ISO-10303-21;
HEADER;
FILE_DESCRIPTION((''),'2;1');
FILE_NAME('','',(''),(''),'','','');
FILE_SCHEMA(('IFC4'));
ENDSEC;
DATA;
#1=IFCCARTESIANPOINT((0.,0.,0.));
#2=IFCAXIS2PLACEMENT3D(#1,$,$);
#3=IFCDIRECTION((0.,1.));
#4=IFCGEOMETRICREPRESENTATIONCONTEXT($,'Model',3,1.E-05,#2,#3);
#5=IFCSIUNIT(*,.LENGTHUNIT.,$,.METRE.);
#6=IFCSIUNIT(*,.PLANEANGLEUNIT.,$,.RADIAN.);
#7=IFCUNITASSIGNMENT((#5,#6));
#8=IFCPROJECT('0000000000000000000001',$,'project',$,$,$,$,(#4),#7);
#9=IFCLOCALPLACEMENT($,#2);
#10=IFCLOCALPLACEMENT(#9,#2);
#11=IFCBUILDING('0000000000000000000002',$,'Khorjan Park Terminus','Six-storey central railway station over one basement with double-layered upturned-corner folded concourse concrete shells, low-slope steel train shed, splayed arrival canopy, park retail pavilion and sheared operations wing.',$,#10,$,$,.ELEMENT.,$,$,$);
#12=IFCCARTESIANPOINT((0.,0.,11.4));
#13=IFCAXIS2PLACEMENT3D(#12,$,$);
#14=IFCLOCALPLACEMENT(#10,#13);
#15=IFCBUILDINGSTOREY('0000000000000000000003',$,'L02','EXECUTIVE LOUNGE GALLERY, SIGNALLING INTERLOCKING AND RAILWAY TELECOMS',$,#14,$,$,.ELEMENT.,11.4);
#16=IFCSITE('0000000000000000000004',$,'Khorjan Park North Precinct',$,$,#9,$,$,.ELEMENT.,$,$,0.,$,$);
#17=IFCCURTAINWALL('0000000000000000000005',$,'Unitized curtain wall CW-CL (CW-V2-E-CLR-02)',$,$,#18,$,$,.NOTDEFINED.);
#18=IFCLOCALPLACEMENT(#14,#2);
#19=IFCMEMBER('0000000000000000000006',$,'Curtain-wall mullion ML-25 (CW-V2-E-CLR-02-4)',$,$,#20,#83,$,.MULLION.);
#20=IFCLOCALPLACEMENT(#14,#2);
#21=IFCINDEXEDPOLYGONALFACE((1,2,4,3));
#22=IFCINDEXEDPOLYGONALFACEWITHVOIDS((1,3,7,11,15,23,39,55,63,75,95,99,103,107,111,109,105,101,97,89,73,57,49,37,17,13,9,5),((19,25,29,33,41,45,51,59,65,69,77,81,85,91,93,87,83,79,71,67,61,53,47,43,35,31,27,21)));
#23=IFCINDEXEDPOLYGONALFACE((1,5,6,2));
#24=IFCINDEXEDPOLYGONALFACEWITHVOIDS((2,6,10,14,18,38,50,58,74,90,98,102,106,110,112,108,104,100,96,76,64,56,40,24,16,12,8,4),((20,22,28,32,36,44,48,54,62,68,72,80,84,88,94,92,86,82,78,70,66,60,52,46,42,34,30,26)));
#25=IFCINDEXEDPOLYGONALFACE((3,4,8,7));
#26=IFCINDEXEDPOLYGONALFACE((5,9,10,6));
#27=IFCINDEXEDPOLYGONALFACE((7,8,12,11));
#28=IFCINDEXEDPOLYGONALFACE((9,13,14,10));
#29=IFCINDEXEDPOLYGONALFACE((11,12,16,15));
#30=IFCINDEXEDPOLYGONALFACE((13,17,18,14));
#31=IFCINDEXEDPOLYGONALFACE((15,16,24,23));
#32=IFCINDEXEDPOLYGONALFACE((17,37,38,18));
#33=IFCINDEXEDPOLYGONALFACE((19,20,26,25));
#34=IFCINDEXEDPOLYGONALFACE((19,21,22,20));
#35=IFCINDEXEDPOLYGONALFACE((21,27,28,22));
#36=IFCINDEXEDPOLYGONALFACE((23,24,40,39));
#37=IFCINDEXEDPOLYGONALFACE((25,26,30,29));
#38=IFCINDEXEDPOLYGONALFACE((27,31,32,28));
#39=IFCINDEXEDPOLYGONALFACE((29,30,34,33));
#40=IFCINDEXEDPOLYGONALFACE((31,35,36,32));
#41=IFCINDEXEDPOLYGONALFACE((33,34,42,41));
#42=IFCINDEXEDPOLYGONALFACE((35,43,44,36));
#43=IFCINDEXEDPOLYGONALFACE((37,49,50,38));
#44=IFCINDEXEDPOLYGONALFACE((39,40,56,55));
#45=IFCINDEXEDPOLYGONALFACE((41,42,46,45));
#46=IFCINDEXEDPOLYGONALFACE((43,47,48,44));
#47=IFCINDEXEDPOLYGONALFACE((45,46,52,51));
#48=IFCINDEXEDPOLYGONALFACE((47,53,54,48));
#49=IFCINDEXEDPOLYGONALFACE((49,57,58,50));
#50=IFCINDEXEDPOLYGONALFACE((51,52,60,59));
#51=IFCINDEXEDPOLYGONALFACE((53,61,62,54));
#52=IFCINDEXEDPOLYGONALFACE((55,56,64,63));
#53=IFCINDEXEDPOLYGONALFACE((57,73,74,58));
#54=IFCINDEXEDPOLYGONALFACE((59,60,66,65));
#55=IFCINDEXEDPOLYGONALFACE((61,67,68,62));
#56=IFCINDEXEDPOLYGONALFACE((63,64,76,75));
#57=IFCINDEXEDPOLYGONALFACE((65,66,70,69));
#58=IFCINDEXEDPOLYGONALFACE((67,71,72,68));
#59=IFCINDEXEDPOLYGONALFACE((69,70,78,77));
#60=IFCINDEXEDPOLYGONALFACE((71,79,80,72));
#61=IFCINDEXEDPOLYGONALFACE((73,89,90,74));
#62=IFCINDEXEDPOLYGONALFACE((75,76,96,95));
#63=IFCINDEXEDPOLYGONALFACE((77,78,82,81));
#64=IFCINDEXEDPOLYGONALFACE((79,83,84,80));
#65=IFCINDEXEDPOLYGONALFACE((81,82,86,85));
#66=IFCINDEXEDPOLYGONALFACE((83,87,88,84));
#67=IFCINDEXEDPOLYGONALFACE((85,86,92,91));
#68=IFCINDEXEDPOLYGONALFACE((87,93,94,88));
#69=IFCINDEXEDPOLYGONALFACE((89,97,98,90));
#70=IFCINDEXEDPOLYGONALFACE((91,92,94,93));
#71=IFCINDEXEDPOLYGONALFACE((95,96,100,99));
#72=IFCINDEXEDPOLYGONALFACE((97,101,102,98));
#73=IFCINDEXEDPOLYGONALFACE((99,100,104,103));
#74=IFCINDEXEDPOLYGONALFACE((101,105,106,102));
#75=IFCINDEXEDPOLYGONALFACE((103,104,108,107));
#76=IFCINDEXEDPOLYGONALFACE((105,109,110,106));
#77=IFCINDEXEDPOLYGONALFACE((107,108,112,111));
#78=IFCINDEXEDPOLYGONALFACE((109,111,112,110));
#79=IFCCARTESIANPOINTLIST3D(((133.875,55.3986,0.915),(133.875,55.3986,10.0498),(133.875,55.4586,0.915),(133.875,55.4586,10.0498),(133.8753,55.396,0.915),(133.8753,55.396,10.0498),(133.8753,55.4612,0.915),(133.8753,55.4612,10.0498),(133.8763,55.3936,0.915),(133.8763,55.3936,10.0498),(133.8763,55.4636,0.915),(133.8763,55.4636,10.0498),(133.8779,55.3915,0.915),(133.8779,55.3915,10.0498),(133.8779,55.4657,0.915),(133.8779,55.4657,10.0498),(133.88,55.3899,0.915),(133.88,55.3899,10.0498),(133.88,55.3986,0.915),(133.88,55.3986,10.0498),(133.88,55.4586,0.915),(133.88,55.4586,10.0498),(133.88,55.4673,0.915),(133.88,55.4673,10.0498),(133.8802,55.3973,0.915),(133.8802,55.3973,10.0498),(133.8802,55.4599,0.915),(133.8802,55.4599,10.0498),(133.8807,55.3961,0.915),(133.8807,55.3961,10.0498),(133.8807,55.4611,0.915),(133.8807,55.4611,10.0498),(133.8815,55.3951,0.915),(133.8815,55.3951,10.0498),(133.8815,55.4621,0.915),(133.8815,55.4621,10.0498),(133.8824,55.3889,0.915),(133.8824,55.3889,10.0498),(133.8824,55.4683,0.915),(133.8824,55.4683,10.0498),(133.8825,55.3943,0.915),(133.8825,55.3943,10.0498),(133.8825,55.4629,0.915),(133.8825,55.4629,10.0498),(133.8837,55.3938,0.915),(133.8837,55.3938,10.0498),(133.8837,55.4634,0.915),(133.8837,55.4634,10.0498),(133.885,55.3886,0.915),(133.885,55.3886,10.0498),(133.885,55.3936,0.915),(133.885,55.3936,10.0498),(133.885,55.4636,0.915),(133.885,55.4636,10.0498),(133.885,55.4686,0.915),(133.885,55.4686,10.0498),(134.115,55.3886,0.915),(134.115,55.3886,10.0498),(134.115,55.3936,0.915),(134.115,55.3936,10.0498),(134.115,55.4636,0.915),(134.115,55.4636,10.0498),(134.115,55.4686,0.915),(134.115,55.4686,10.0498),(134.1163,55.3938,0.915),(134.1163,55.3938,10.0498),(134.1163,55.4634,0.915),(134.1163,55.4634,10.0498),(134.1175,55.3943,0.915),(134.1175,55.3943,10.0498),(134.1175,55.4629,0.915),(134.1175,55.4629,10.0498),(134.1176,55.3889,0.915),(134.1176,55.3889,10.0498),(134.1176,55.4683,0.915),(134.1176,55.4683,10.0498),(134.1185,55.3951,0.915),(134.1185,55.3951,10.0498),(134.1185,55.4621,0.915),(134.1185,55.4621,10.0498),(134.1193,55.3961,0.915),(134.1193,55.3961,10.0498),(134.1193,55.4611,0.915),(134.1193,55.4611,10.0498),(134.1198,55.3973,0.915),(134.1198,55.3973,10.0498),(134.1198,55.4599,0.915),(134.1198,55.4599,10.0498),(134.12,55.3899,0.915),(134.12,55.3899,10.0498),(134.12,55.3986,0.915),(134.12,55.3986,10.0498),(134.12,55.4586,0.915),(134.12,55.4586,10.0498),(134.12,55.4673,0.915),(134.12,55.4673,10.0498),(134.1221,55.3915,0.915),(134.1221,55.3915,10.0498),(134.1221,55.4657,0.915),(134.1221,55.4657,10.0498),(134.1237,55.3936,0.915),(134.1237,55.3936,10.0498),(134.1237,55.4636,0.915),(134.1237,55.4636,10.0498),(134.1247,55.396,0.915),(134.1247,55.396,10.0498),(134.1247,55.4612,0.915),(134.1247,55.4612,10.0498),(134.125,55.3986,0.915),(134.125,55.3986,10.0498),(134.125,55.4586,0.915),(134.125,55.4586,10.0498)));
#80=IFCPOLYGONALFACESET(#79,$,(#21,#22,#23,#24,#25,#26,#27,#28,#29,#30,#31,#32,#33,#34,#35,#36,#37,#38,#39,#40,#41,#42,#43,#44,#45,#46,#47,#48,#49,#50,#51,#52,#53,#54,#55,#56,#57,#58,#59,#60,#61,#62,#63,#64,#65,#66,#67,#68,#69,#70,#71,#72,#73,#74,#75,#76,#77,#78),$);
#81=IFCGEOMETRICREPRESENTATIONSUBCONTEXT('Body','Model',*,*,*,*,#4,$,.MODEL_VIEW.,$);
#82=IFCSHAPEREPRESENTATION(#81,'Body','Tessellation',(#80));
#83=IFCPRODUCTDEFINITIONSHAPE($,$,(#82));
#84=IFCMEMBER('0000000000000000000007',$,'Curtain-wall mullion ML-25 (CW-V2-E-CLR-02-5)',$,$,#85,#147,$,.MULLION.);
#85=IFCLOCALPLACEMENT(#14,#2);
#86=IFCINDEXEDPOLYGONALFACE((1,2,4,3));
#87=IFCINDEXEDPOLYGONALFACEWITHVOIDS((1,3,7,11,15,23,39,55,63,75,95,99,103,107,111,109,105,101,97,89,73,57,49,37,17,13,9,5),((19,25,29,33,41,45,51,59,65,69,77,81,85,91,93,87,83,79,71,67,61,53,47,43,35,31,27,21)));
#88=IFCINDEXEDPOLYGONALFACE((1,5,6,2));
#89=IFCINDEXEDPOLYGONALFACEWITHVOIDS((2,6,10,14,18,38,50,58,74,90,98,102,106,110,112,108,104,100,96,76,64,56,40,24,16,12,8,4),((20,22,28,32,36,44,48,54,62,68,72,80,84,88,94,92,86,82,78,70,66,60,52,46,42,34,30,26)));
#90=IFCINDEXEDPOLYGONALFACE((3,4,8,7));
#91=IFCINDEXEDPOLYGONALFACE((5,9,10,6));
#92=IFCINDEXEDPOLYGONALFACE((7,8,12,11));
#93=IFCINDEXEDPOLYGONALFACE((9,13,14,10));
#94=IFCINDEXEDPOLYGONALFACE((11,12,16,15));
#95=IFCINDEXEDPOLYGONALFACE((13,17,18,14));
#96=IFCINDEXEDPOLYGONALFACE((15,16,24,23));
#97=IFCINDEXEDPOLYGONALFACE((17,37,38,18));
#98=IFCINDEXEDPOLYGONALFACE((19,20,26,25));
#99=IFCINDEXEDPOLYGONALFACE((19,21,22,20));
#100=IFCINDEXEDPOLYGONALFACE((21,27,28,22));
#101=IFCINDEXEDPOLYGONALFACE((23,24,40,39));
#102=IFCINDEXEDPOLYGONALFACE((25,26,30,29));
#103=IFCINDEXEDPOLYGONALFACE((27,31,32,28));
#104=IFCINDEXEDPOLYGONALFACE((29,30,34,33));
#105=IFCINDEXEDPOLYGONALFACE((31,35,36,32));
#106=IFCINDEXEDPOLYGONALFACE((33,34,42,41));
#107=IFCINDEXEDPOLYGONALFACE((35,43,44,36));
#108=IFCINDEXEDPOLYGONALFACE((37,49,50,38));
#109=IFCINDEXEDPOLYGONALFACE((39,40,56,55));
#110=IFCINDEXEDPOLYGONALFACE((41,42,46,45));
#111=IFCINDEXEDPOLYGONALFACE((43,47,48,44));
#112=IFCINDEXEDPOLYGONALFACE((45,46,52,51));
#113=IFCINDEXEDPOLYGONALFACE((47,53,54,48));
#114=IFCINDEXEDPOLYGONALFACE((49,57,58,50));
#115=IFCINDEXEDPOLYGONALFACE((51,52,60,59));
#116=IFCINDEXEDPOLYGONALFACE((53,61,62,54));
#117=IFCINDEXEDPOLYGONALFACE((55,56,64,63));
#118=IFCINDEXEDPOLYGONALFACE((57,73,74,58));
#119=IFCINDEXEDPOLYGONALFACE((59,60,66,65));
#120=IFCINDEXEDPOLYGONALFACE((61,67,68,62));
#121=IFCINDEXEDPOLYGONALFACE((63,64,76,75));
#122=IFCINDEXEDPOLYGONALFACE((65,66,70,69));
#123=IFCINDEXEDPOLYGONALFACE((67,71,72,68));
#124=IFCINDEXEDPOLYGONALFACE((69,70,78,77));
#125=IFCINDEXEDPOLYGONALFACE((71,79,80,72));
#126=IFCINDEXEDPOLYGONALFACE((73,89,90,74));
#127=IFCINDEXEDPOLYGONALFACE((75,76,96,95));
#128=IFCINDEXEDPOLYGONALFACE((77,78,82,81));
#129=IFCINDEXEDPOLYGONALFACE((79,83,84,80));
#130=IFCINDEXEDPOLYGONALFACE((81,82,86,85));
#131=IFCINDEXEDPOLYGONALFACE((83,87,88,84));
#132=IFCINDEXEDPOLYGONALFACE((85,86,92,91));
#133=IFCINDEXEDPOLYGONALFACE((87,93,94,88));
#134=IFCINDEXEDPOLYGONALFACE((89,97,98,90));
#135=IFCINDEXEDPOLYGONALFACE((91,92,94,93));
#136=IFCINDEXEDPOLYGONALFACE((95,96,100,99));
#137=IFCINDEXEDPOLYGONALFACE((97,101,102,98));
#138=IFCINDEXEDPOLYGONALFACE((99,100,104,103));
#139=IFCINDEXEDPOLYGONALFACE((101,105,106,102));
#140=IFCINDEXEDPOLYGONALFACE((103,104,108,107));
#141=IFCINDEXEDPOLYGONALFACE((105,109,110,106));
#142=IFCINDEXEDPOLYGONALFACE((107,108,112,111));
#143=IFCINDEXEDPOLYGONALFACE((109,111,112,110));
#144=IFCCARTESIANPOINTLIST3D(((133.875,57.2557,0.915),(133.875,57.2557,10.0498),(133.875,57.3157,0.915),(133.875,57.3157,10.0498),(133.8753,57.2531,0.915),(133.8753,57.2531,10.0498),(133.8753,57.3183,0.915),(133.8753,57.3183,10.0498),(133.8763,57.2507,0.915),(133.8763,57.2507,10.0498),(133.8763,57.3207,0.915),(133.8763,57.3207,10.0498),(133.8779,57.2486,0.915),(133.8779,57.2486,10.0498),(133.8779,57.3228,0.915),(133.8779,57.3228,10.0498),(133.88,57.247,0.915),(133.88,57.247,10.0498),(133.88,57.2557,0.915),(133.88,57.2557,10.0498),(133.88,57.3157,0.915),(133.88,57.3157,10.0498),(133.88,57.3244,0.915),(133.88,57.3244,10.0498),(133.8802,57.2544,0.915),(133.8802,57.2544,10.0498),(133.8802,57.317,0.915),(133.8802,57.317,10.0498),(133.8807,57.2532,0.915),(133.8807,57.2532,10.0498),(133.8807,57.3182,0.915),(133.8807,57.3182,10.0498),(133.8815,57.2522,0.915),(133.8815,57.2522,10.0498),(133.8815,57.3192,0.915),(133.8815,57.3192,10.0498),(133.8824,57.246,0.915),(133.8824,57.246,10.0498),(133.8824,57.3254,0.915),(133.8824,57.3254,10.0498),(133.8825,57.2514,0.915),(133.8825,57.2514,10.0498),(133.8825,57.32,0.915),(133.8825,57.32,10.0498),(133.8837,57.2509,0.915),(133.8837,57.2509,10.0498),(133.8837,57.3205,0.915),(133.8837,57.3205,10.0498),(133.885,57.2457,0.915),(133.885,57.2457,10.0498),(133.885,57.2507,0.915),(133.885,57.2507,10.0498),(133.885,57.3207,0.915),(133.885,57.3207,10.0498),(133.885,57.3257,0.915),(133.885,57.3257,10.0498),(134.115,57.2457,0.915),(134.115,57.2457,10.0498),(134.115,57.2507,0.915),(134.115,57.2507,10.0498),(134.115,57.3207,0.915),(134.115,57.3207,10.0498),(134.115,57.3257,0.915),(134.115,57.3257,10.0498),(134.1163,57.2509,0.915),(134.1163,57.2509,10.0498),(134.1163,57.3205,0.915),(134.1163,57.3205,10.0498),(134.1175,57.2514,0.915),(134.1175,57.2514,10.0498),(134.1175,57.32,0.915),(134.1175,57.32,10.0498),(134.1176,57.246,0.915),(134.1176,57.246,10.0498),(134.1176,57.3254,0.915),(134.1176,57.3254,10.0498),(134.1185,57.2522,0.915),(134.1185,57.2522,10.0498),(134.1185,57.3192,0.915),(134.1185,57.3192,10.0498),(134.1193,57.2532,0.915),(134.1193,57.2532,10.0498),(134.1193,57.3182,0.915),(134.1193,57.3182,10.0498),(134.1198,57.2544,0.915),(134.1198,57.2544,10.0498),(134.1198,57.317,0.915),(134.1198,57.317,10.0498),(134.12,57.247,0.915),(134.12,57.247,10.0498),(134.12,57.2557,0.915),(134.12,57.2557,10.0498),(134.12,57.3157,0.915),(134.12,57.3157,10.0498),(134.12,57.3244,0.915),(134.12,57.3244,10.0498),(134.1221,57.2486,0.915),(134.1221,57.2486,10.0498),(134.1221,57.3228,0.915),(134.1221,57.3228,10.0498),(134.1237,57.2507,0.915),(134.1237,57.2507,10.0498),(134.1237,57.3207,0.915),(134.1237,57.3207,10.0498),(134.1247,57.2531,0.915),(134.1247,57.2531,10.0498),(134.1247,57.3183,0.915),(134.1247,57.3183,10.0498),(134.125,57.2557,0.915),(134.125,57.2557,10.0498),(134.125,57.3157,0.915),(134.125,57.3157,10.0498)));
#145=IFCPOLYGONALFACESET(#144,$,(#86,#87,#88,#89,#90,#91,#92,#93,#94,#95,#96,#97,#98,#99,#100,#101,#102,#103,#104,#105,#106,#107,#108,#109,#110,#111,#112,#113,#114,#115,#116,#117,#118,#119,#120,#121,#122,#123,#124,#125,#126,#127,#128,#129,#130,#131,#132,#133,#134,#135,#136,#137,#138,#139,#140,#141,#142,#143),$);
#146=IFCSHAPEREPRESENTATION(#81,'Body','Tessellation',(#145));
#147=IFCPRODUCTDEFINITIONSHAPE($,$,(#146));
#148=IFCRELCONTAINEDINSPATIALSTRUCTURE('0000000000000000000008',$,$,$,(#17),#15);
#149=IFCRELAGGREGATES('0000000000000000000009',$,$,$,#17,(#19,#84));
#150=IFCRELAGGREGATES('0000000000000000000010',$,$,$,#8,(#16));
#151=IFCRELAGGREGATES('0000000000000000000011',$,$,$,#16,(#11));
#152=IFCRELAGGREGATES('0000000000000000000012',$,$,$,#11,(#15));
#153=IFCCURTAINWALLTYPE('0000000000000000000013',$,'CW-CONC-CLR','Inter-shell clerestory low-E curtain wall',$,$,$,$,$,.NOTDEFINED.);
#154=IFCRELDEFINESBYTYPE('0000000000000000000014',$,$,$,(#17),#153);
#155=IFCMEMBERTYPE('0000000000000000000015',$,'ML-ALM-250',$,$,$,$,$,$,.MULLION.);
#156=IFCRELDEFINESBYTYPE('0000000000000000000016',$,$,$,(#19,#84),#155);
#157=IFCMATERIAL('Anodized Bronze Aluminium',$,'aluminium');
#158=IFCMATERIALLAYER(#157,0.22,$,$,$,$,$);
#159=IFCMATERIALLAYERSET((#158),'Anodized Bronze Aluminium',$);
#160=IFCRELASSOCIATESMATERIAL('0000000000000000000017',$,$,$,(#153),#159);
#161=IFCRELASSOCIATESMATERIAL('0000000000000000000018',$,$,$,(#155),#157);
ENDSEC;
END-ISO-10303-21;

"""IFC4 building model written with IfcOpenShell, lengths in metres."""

from ifc_helpers import new_model, si_unit, direction, frame, origin, origin_2d, place, context, subcontext, project, spatial, hollow_rectangle, extrude, material, layer, layer_set, material_profile, profile_set, type_object, element, aggregate, save


model = new_model("IFC4")

# Units and contexts
model_context = context("Model", 3, precision=1e-05, world=origin(), true_north=direction((0.0, 1.0)))
body_context = subcontext(model_context, "Body", "Model", "MODEL_VIEW")
ifc_project = project(units=[si_unit("LENGTHUNIT", "METRE"), si_unit("PLANEANGLEUNIT", "RADIAN")], contexts=[model_context])

# Site, building, storey
site_placement = place(None, origin())
site = spatial("IfcSite", under=ifc_project, at=site_placement, Name="Khorjan Park North Precinct", CompositionType="ELEMENT", RefElevation=0.0)
building_placement = place(site_placement, origin())
building = spatial("IfcBuilding", under=site, at=building_placement, Name="Khorjan Park Terminus", Description="Six-storey central railway station over one basement with double-layered upturned-corner folded concourse concrete shells, low-slope steel train shed, splayed arrival canopy, park retail pavilion and sheared operations wing.", CompositionType="ELEMENT")
storey_placement = place(building_placement, frame((0.0, 0.0, 11.4)))
storey = spatial("IfcBuildingStorey", under=building, at=storey_placement, Name="L02", Description="EXECUTIVE LOUNGE GALLERY, SIGNALLING INTERLOCKING AND RAILWAY TELECOMS", CompositionType="ELEMENT", Elevation=11.4)

# Curtain wall, members
ifc_material_1 = material(Name="Anodized Bronze Aluminium", Category="aluminium")
ifc_layer_1 = layer(ifc_material_1, 0.22)
ifc_layer_set_1 = layer_set([ifc_layer_1], Name="Anodized Bronze Aluminium")
curtain_wall_type = type_object("IfcCurtainWallType", Name="CW-CONC-CLR", Description="Inter-shell clerestory low-E curtain wall", PredefinedType="NOTDEFINED", material=ifc_layer_set_1)
curtain_wall_placement = place(storey_placement, origin())
curtain_wall = element("IfcCurtainWall", 1, at=curtain_wall_placement, inside=storey, type_object=curtain_wall_type, Name="Unitized curtain wall CW-CL (CW-V2-E-CLR-02)", PredefinedType="NOTDEFINED")
ifc_material_profile_1 = material_profile(ifc_material_1, hollow_rectangle(XDim=0.08, YDim=0.25, WallThickness=0.005, InnerFilletRadius=0.005, OuterFilletRadius=0.01, at=origin_2d()), Name="ALM 80x250x5")
ifc_profile_set_1 = profile_set([ifc_material_profile_1], Name="Anodized Bronze Aluminium")
member_type_1 = type_object("IfcMemberType", Name="ML-ALM-250", PredefinedType="MULLION", material=ifc_profile_set_1)
member_1_placement = place(storey_placement, frame((134.0, 55.4286, 0.915), z_axis=(0.0, 0.0, 1.0), x_axis=(0.0, 1.0, 0.0)))
member_1 = element("IfcMember", 2, at=member_1_placement, type_object=member_type_1, Name="Curtain-wall mullion ML-25 (CW-V2-E-CLR-02-4)", PredefinedType="MULLION", context=body_context, shape_type="SweptSolid", body=[
    extrude(hollow_rectangle(XDim=0.08, YDim=0.25, WallThickness=0.005, InnerFilletRadius=0.005, OuterFilletRadius=0.01, at=origin_2d()), origin(), (0.0, 0.0, 1.0), 9.1348),
])
member_2_placement = place(storey_placement, frame((134.0, 57.2857, 0.915), z_axis=(0.0, 0.0, 1.0), x_axis=(0.0, 1.0, 0.0)))
member_2 = element("IfcMember", 3, at=member_2_placement, type_object=member_type_1, Name="Curtain-wall mullion ML-25 (CW-V2-E-CLR-02-5)", PredefinedType="MULLION", context=body_context, shape_type="SweptSolid", body=[
    extrude(hollow_rectangle(XDim=0.08, YDim=0.25, WallThickness=0.005, InnerFilletRadius=0.005, OuterFilletRadius=0.01, at=origin_2d()), origin(), (0.0, 0.0, 1.0), 9.1348),
])
aggregate(curtain_wall, [member_1, member_2])

save(model, "model.ifc")
